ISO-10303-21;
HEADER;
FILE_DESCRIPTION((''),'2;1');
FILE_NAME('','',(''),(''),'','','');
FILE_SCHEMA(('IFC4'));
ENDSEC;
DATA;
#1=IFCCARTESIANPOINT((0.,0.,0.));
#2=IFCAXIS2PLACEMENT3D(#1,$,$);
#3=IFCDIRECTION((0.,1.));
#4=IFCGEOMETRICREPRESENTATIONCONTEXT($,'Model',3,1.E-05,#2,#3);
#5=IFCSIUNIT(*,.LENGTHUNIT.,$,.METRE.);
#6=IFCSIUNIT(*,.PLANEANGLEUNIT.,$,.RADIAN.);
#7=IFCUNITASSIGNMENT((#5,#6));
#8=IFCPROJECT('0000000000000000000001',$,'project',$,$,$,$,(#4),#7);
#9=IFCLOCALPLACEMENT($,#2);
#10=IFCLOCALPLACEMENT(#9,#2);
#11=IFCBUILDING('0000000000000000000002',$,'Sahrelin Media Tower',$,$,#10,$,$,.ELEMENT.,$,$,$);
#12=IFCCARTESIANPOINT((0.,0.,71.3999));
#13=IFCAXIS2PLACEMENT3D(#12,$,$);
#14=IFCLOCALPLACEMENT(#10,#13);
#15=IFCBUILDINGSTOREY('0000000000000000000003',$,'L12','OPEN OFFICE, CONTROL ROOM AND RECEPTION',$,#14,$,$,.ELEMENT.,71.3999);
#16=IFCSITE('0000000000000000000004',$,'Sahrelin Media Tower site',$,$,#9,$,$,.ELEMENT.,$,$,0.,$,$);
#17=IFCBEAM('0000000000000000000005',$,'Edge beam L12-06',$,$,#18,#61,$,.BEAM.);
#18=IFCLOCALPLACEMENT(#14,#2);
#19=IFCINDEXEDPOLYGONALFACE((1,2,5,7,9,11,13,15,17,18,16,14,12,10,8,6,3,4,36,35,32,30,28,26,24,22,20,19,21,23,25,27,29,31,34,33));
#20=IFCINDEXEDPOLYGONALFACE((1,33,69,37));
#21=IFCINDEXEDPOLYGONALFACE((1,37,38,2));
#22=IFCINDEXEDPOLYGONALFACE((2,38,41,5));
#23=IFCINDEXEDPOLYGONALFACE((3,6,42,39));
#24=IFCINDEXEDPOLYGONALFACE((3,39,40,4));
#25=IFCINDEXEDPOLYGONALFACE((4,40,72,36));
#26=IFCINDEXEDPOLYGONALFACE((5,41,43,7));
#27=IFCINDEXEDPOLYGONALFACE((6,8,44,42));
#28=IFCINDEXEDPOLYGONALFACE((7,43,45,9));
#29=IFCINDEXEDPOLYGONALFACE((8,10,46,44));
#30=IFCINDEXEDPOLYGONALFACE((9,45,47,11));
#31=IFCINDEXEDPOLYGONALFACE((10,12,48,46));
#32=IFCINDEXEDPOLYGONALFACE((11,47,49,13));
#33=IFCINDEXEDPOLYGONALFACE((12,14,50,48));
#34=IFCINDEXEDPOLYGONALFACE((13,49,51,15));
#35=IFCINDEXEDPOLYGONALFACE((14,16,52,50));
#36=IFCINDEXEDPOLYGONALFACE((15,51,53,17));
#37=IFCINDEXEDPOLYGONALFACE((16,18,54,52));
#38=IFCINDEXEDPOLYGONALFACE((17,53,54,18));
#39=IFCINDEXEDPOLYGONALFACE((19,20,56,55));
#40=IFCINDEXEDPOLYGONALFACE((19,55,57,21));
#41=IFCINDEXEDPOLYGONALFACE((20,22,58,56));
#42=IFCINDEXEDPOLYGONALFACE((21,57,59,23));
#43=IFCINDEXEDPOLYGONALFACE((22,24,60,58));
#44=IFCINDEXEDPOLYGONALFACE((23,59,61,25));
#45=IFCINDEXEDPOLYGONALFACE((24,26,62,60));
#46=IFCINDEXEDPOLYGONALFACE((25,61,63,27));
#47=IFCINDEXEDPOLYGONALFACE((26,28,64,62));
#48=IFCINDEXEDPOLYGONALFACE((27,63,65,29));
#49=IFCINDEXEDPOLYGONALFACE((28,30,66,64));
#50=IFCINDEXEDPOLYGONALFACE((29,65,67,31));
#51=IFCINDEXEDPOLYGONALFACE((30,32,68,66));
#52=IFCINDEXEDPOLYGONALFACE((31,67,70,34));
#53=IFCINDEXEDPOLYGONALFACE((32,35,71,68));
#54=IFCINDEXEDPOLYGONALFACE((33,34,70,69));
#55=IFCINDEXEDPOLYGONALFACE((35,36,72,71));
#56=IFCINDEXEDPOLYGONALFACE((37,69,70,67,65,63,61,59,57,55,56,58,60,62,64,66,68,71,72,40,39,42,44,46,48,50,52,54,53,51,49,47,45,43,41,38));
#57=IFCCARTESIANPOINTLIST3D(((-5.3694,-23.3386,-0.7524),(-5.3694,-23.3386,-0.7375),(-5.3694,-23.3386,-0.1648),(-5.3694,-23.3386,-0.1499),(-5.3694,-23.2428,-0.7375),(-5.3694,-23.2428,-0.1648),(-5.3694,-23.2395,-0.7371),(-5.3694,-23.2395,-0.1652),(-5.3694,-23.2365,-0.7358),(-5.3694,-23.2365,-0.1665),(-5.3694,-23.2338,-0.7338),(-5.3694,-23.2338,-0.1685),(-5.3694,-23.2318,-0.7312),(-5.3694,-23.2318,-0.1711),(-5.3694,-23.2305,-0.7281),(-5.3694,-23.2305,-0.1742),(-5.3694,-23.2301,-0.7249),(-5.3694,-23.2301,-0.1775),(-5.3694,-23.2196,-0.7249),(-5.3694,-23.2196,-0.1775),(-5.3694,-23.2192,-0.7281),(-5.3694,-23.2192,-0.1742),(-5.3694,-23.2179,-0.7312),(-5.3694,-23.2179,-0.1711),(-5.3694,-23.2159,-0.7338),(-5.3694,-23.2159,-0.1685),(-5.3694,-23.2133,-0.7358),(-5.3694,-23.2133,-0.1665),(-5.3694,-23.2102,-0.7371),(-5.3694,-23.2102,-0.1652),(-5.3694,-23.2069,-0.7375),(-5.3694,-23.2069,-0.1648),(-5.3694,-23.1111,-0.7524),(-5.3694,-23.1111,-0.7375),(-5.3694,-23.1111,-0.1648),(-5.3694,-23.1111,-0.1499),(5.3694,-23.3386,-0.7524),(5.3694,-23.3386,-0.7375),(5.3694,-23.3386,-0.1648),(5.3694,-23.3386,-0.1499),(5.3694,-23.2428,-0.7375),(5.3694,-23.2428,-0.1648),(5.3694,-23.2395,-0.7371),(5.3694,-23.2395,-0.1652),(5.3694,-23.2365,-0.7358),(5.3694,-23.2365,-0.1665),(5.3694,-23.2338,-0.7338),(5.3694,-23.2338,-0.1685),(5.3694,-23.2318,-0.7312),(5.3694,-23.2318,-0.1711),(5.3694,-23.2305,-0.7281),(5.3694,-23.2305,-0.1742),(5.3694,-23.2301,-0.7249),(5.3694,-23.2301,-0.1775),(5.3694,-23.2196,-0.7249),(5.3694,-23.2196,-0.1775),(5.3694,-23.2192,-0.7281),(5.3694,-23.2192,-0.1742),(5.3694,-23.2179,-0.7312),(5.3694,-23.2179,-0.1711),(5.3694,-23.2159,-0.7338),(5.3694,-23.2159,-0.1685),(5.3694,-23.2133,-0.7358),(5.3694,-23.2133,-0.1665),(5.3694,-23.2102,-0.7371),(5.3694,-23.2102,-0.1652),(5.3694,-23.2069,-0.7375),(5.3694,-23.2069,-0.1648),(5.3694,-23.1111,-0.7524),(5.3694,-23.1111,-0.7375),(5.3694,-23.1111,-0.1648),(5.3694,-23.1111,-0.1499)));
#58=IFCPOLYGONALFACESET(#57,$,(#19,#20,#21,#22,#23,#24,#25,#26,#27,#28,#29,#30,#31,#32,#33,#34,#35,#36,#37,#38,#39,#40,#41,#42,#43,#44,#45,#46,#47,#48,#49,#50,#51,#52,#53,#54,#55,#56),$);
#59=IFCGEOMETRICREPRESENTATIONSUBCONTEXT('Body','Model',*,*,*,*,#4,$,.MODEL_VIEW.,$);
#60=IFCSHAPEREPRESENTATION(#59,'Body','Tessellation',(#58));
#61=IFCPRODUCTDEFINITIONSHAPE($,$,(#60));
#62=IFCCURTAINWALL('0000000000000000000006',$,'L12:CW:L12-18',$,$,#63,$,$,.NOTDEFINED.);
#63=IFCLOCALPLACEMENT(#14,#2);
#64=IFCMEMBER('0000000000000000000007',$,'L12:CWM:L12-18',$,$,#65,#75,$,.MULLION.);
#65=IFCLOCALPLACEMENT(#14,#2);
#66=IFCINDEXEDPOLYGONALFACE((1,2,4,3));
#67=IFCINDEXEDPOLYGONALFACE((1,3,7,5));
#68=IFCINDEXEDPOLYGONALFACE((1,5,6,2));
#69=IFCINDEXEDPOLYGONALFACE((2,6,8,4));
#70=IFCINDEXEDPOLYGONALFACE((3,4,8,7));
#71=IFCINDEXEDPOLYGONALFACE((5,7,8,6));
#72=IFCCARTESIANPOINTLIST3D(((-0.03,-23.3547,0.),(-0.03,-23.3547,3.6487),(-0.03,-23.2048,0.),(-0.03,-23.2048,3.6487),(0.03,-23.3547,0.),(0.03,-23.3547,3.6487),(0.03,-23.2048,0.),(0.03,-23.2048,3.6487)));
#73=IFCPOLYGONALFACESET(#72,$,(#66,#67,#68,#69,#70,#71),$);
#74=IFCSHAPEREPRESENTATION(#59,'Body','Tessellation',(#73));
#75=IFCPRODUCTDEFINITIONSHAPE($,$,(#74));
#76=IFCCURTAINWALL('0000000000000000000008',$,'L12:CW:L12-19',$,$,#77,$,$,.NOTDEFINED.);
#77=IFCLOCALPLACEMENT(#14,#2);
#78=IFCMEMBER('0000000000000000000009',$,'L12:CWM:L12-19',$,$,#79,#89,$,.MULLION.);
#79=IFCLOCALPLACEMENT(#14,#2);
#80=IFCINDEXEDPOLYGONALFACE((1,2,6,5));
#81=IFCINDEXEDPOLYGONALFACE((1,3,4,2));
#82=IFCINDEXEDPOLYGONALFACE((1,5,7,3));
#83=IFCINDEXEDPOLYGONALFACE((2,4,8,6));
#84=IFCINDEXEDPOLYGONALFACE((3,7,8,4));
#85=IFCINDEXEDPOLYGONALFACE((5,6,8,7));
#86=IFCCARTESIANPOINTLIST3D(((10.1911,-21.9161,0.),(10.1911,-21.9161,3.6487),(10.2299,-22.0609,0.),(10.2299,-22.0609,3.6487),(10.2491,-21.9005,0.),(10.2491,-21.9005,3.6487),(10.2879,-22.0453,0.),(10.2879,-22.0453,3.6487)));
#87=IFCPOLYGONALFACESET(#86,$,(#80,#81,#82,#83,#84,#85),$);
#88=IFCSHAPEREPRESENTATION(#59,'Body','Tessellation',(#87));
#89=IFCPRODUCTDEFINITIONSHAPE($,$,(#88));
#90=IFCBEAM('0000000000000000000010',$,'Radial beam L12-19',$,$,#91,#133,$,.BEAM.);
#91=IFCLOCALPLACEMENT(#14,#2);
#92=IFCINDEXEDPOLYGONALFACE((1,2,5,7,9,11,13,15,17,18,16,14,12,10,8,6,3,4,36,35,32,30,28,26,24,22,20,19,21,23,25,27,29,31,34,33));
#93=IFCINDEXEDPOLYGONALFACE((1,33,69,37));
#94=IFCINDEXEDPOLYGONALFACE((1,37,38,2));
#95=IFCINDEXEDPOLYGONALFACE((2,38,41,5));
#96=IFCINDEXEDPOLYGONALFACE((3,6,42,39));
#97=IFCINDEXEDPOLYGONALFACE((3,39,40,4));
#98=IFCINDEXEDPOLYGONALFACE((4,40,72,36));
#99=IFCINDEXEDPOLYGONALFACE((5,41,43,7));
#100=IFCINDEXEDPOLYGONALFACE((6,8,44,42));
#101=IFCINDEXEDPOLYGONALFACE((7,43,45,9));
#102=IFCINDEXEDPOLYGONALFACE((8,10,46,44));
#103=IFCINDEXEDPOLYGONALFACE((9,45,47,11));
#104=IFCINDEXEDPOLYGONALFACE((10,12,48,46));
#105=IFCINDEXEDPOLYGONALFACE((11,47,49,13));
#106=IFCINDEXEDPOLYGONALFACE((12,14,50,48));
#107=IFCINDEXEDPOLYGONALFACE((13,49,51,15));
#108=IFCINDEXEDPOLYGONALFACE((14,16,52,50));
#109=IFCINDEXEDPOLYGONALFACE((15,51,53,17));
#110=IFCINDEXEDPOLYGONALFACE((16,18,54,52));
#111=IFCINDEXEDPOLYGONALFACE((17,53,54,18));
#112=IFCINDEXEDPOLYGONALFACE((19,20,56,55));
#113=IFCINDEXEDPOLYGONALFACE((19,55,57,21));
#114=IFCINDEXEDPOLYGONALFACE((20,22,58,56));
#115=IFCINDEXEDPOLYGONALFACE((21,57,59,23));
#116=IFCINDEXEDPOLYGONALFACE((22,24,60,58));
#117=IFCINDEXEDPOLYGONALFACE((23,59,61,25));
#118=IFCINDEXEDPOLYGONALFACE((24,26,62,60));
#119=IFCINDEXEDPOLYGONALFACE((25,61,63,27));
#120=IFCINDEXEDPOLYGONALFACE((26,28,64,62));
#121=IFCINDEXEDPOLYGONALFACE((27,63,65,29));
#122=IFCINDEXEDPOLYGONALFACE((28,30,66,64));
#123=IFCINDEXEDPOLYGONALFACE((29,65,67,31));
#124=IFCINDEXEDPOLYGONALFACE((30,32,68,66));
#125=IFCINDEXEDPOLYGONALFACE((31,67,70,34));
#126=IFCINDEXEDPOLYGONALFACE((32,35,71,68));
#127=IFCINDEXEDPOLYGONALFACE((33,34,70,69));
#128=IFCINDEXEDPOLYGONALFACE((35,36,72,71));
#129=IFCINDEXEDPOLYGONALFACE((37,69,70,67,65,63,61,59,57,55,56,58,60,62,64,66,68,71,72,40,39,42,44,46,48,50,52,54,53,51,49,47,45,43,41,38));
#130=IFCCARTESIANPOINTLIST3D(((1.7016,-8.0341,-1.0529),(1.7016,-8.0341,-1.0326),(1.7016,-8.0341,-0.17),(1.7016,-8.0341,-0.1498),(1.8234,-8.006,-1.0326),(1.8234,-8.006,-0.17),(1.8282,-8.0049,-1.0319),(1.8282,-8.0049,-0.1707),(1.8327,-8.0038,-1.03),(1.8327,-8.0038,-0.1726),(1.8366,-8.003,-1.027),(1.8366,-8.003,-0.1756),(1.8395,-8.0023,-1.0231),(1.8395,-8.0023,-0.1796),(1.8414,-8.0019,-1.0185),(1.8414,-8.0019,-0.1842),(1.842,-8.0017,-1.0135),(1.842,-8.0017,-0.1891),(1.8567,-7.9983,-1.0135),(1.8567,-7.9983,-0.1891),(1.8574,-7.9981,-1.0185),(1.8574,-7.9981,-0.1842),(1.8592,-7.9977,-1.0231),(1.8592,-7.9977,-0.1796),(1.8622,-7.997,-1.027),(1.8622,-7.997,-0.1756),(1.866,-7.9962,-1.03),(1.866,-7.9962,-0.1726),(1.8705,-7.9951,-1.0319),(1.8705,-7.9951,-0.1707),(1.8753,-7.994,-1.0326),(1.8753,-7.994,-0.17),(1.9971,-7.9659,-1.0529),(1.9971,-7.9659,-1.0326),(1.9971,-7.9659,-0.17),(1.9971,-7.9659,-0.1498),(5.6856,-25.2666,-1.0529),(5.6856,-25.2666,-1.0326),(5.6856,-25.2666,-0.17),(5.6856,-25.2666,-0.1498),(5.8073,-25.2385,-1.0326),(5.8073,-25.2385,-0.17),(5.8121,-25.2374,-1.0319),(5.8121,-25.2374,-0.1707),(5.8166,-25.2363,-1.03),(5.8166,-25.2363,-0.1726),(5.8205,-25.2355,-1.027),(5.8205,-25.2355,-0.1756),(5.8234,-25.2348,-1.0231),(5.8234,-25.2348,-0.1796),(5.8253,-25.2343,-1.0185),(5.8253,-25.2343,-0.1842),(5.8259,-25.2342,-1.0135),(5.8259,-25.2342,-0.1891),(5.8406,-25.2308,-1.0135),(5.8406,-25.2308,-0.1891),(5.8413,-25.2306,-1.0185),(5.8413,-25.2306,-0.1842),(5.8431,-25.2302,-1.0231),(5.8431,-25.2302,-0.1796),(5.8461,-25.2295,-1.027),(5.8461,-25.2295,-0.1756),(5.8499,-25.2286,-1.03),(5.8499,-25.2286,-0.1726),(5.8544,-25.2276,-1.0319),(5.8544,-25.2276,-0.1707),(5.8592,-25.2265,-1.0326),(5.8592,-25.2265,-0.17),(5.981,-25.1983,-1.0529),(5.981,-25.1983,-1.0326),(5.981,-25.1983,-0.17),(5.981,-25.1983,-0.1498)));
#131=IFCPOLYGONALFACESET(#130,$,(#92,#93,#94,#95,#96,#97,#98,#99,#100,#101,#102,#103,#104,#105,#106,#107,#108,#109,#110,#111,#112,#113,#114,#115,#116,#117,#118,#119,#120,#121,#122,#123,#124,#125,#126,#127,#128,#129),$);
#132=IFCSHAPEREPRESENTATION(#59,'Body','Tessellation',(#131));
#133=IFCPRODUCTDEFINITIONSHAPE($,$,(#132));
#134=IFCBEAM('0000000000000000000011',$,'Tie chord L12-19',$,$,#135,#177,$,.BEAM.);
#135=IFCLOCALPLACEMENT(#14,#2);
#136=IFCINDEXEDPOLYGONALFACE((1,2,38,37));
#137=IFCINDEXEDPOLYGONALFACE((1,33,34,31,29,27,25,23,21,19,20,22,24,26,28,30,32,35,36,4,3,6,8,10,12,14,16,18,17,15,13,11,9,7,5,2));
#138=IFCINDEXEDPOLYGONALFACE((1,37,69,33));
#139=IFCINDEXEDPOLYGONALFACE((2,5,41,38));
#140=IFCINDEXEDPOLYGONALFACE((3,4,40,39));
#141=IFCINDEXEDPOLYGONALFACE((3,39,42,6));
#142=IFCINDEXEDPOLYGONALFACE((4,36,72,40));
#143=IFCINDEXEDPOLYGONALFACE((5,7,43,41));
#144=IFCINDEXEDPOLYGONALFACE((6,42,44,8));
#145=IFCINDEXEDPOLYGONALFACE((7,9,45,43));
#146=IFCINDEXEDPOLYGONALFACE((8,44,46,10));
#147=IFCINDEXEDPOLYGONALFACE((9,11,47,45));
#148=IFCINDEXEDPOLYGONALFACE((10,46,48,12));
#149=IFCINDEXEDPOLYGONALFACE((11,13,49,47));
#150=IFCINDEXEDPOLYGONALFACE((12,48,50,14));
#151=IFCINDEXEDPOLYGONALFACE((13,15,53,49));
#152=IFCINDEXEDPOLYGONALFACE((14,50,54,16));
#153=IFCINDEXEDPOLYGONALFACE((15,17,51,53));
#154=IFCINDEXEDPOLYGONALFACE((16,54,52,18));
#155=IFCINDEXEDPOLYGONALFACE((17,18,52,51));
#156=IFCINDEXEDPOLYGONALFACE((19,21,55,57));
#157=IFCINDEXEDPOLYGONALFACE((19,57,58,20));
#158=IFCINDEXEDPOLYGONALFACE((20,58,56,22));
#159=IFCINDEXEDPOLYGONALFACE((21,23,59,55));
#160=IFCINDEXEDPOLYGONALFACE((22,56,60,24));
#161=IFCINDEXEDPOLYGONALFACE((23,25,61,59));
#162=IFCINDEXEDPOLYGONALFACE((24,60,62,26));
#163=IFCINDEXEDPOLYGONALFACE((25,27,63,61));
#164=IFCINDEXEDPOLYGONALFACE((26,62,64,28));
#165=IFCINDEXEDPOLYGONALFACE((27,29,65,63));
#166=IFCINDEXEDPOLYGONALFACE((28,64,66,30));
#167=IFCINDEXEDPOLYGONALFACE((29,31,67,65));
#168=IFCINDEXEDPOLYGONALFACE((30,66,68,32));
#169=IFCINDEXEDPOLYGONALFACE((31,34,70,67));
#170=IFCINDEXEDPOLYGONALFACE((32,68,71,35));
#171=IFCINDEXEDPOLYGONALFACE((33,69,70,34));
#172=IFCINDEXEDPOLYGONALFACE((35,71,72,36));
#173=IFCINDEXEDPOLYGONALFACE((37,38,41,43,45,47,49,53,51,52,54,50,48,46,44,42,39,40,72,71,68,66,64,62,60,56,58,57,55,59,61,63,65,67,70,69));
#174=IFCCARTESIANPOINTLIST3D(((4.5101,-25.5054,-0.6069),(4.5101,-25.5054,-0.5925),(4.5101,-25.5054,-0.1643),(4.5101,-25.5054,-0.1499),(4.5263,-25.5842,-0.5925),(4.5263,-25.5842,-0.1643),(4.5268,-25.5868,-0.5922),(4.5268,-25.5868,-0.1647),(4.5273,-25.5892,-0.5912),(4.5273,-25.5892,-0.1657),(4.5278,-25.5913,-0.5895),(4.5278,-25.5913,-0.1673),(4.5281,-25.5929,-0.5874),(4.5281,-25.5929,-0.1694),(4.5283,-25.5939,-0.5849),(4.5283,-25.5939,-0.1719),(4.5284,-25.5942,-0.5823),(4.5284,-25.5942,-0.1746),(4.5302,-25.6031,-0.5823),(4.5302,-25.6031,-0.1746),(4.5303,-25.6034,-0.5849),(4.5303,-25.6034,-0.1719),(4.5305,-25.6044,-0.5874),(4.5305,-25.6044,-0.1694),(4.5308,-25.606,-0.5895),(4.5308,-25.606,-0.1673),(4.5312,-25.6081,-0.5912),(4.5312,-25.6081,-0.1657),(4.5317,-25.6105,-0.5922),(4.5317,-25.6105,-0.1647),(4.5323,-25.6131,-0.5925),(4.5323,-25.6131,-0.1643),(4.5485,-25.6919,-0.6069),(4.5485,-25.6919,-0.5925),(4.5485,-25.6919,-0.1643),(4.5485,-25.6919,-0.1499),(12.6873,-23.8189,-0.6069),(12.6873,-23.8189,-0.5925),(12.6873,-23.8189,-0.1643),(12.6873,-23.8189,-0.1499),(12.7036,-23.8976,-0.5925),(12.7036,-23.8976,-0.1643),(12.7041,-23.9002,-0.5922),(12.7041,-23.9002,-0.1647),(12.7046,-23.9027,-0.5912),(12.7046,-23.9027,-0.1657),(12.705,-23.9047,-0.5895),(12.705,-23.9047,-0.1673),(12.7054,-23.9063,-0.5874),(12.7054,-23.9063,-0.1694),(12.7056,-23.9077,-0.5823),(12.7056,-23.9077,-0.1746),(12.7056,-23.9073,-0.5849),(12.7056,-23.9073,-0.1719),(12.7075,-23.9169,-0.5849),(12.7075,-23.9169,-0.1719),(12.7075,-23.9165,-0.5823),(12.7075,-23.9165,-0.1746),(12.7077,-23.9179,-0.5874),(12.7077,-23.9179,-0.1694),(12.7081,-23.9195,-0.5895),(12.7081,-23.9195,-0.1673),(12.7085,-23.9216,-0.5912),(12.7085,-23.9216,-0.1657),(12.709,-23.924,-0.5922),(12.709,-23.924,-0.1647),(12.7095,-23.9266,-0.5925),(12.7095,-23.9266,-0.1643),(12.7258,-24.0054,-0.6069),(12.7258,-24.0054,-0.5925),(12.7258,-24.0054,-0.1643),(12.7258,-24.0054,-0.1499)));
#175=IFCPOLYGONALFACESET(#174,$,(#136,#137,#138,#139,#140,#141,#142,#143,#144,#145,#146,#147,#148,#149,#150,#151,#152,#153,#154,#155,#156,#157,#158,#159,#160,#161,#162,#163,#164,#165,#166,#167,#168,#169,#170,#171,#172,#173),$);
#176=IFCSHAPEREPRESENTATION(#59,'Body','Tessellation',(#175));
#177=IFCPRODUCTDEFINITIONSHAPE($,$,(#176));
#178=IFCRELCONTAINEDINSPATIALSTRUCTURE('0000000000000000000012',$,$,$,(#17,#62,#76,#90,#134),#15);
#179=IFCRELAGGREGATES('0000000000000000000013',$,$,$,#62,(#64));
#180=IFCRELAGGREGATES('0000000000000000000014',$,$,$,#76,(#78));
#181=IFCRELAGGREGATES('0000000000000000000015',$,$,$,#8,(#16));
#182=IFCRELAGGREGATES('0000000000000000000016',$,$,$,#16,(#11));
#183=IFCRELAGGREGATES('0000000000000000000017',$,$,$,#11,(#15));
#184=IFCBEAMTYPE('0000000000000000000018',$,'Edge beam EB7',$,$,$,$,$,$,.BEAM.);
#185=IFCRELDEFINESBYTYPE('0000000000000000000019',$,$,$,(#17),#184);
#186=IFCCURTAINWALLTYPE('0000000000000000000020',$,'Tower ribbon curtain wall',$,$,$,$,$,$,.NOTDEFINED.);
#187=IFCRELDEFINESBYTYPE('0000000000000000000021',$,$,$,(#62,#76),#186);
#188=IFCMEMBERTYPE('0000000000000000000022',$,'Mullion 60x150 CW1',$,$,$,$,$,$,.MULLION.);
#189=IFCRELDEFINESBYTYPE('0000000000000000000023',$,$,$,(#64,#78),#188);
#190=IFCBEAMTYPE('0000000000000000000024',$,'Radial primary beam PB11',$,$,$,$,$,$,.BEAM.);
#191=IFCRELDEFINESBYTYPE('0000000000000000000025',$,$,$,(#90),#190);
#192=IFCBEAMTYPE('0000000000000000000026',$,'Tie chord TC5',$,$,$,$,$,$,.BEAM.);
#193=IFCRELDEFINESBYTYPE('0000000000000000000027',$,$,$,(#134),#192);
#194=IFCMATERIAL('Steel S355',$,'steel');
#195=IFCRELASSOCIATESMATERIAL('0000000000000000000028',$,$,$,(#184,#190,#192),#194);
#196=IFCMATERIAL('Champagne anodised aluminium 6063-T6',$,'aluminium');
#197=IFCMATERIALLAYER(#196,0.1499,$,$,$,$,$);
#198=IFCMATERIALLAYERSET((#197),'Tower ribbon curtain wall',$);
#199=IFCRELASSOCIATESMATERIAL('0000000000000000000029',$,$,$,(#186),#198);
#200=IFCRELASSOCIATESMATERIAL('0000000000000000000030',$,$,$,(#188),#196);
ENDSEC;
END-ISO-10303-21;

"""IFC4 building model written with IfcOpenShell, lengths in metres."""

from ifc_helpers import new_model, si_unit, direction, frame, origin, origin_2d, place, context, subcontext, project, spatial, rectangle, i_section, extrude, material, layer, layer_set, material_profile, profile_set, type_object, element, aggregate, save


model = new_model("IFC4")

# Units and contexts
model_context = context("Model", 3, precision=1e-05, world=origin(), true_north=direction((0.0, 1.0)))
body_context = subcontext(model_context, "Body", "Model", "MODEL_VIEW")
ifc_project = project(units=[si_unit("LENGTHUNIT", "METRE"), si_unit("PLANEANGLEUNIT", "RADIAN")], contexts=[model_context])

# Site, building, storey
site_placement = place(None, origin())
site = spatial("IfcSite", under=ifc_project, at=site_placement, Name="Sahrelin Media Tower site", CompositionType="ELEMENT", RefElevation=0.0)
building_placement = place(site_placement, origin())
building = spatial("IfcBuilding", under=site, at=building_placement, Name="Sahrelin Media Tower", CompositionType="ELEMENT")
storey_placement = place(building_placement, frame((0.0, 0.0, 71.3999)))
storey = spatial("IfcBuildingStorey", under=building, at=storey_placement, Name="L12", Description="OPEN OFFICE, CONTROL ROOM AND RECEPTION", CompositionType="ELEMENT", Elevation=71.3999)

# Beam
ifc_material_1 = material(Name="Steel S355", Category="steel")
ifc_material_profile_1 = material_profile(ifc_material_1, i_section(OverallWidth=0.2275, OverallDepth=0.6025, WebThickness=0.0105, FlangeThickness=0.0149, FilletRadius=0.0127, at=origin_2d()), Name="UB 610x229x101")
ifc_profile_set_1 = profile_set([ifc_material_profile_1], Name="Steel S355")
beam_type_1 = type_object("IfcBeamType", Name="Edge beam EB7", PredefinedType="BEAM", material=ifc_profile_set_1)
beam_1_placement = place(storey_placement, frame((5.3694, -23.2249, -0.4512), z_axis=(-1.0, 0.0, 0.0), x_axis=(0.0, -1.0, 0.0)))
element("IfcBeam", 1, at=beam_1_placement, inside=storey, type_object=beam_type_1, Name="Edge beam L12-06", PredefinedType="BEAM", context=body_context, shape_type="SweptSolid", body=[
    extrude(i_section(OverallWidth=0.2275, OverallDepth=0.6025, WebThickness=0.0105, FlangeThickness=0.0149, FilletRadius=0.0127, at=origin_2d()), origin(), (0.0, 0.0, 1.0), 10.7388),
])

# Curtain walls, members
ifc_material_2 = material(Name="Champagne anodised aluminium 6063-T6", Category="aluminium")
ifc_layer_1 = layer(ifc_material_2, 0.1499)
ifc_layer_set_1 = layer_set([ifc_layer_1], Name="Tower ribbon curtain wall")
curtain_wall_type = type_object("IfcCurtainWallType", Name="Tower ribbon curtain wall", PredefinedType="NOTDEFINED", material=ifc_layer_set_1)
curtain_wall_1_placement = place(storey_placement, frame((0.0, -23.3748, 0.0), z_axis=(0.0, 0.0, 1.0), x_axis=(1.0, 0.0, 0.0)))
curtain_wall_1 = element("IfcCurtainWall", 2, at=curtain_wall_1_placement, inside=storey, type_object=curtain_wall_type, Name="L12:CW:L12-18", PredefinedType="NOTDEFINED")
ifc_material_profile_2 = material_profile(ifc_material_2, rectangle(XDim=0.0601, YDim=0.1499, at=origin_2d()), Name="Mullion 60x150")
ifc_profile_set_2 = profile_set([ifc_material_profile_2], Name="Champagne anodised aluminium 6063-T6")
member_type_1 = type_object("IfcMemberType", Name="Mullion 60x150 CW1", PredefinedType="MULLION", material=ifc_profile_set_2)
member_1_placement = place(storey_placement, frame((0.0, -23.2798, 0.0), z_axis=(0.0, 0.0, 1.0), x_axis=(1.0, 0.0, 0.0)))
member_1 = element("IfcMember", 3, at=member_1_placement, type_object=member_type_1, Name="L12:CWM:L12-18", PredefinedType="MULLION", context=body_context, shape_type="SweptSolid", body=[
    extrude(rectangle(XDim=0.0601, YDim=0.1499, at=origin_2d()), origin(), (0.0, 0.0, 1.0), 3.6487),
])
aggregate(curtain_wall_1, [member_1])
curtain_wall_2_placement = place(storey_placement, frame((10.2639, -22.0725, 0.0), z_axis=(0.0, 0.0, 1.0), x_axis=(1.0, 0.0, 0.0)))
curtain_wall_2 = element("IfcCurtainWall", 4, at=curtain_wall_2_placement, inside=storey, type_object=curtain_wall_type, Name="L12:CW:L12-19", PredefinedType="NOTDEFINED")
member_2_placement = place(storey_placement, frame((10.2395, -21.9807, 0.0), z_axis=(0.0, 0.0, 1.0), x_axis=(0.965926, 0.258819, 0.0)))
member_2 = element("IfcMember", 5, at=member_2_placement, type_object=member_type_1, Name="L12:CWM:L12-19", PredefinedType="MULLION", context=body_context, shape_type="SweptSolid", body=[
    extrude(rectangle(XDim=0.0601, YDim=0.1499, at=origin_2d()), origin(), (0.0, 0.0, 1.0), 3.6487),
])

# Beams
ifc_material_profile_3 = material_profile(ifc_material_1, i_section(OverallWidth=0.3032, OverallDepth=0.9031, WebThickness=0.0151, FlangeThickness=0.0203, FilletRadius=0.019, at=origin_2d()), Name="UB 914x305x201")
ifc_profile_set_3 = profile_set([ifc_material_profile_3], Name="Steel S355")
beam_type_2 = type_object("IfcBeamType", Name="Radial primary beam PB11", PredefinedType="BEAM", material=ifc_profile_set_3)
beam_2_placement = place(storey_placement, frame((1.8494, -8.0, -0.6013), z_axis=(0.225245, -0.974302, 0.0), x_axis=(0.974302, 0.225245, 0.0)))
element("IfcBeam", 6, at=beam_2_placement, inside=storey, type_object=beam_type_2, Name="Radial beam L12-19", PredefinedType="BEAM", context=body_context, shape_type="SweptSolid", body=[
    extrude(i_section(OverallWidth=0.3032, OverallDepth=0.9031, WebThickness=0.0151, FlangeThickness=0.0203, FilletRadius=0.019, at=origin_2d()), origin(), (0.0, 0.0, 1.0), 17.687),
])
ifc_material_profile_4 = material_profile(ifc_material_1, i_section(OverallWidth=0.1904, OverallDepth=0.457, WebThickness=0.009, FlangeThickness=0.0144, FilletRadius=0.0103, at=origin_2d()), Name="UB 457x191x74")
ifc_profile_set_4 = profile_set([ifc_material_profile_4], Name="Steel S355")
beam_type_3 = type_object("IfcBeamType", Name="Tie chord TC5", PredefinedType="BEAM", material=ifc_profile_set_4)
beam_3_placement = place(storey_placement, frame((4.5293, -25.5986, -0.3784), z_axis=(0.979387, 0.201994, 0.0), x_axis=(-0.201994, 0.979387, 0.0)))
element("IfcBeam", 7, at=beam_3_placement, inside=storey, type_object=beam_type_3, Name="Tie chord L12-19", PredefinedType="BEAM", context=body_context, shape_type="SweptSolid", body=[
    extrude(i_section(OverallWidth=0.1904, OverallDepth=0.457, WebThickness=0.009, FlangeThickness=0.0144, FilletRadius=0.0103, at=origin_2d()), origin(), (0.0, 0.0, 1.0), 8.3494),
])

aggregate(curtain_wall_2, [member_2])

save(model, "model.ifc")
